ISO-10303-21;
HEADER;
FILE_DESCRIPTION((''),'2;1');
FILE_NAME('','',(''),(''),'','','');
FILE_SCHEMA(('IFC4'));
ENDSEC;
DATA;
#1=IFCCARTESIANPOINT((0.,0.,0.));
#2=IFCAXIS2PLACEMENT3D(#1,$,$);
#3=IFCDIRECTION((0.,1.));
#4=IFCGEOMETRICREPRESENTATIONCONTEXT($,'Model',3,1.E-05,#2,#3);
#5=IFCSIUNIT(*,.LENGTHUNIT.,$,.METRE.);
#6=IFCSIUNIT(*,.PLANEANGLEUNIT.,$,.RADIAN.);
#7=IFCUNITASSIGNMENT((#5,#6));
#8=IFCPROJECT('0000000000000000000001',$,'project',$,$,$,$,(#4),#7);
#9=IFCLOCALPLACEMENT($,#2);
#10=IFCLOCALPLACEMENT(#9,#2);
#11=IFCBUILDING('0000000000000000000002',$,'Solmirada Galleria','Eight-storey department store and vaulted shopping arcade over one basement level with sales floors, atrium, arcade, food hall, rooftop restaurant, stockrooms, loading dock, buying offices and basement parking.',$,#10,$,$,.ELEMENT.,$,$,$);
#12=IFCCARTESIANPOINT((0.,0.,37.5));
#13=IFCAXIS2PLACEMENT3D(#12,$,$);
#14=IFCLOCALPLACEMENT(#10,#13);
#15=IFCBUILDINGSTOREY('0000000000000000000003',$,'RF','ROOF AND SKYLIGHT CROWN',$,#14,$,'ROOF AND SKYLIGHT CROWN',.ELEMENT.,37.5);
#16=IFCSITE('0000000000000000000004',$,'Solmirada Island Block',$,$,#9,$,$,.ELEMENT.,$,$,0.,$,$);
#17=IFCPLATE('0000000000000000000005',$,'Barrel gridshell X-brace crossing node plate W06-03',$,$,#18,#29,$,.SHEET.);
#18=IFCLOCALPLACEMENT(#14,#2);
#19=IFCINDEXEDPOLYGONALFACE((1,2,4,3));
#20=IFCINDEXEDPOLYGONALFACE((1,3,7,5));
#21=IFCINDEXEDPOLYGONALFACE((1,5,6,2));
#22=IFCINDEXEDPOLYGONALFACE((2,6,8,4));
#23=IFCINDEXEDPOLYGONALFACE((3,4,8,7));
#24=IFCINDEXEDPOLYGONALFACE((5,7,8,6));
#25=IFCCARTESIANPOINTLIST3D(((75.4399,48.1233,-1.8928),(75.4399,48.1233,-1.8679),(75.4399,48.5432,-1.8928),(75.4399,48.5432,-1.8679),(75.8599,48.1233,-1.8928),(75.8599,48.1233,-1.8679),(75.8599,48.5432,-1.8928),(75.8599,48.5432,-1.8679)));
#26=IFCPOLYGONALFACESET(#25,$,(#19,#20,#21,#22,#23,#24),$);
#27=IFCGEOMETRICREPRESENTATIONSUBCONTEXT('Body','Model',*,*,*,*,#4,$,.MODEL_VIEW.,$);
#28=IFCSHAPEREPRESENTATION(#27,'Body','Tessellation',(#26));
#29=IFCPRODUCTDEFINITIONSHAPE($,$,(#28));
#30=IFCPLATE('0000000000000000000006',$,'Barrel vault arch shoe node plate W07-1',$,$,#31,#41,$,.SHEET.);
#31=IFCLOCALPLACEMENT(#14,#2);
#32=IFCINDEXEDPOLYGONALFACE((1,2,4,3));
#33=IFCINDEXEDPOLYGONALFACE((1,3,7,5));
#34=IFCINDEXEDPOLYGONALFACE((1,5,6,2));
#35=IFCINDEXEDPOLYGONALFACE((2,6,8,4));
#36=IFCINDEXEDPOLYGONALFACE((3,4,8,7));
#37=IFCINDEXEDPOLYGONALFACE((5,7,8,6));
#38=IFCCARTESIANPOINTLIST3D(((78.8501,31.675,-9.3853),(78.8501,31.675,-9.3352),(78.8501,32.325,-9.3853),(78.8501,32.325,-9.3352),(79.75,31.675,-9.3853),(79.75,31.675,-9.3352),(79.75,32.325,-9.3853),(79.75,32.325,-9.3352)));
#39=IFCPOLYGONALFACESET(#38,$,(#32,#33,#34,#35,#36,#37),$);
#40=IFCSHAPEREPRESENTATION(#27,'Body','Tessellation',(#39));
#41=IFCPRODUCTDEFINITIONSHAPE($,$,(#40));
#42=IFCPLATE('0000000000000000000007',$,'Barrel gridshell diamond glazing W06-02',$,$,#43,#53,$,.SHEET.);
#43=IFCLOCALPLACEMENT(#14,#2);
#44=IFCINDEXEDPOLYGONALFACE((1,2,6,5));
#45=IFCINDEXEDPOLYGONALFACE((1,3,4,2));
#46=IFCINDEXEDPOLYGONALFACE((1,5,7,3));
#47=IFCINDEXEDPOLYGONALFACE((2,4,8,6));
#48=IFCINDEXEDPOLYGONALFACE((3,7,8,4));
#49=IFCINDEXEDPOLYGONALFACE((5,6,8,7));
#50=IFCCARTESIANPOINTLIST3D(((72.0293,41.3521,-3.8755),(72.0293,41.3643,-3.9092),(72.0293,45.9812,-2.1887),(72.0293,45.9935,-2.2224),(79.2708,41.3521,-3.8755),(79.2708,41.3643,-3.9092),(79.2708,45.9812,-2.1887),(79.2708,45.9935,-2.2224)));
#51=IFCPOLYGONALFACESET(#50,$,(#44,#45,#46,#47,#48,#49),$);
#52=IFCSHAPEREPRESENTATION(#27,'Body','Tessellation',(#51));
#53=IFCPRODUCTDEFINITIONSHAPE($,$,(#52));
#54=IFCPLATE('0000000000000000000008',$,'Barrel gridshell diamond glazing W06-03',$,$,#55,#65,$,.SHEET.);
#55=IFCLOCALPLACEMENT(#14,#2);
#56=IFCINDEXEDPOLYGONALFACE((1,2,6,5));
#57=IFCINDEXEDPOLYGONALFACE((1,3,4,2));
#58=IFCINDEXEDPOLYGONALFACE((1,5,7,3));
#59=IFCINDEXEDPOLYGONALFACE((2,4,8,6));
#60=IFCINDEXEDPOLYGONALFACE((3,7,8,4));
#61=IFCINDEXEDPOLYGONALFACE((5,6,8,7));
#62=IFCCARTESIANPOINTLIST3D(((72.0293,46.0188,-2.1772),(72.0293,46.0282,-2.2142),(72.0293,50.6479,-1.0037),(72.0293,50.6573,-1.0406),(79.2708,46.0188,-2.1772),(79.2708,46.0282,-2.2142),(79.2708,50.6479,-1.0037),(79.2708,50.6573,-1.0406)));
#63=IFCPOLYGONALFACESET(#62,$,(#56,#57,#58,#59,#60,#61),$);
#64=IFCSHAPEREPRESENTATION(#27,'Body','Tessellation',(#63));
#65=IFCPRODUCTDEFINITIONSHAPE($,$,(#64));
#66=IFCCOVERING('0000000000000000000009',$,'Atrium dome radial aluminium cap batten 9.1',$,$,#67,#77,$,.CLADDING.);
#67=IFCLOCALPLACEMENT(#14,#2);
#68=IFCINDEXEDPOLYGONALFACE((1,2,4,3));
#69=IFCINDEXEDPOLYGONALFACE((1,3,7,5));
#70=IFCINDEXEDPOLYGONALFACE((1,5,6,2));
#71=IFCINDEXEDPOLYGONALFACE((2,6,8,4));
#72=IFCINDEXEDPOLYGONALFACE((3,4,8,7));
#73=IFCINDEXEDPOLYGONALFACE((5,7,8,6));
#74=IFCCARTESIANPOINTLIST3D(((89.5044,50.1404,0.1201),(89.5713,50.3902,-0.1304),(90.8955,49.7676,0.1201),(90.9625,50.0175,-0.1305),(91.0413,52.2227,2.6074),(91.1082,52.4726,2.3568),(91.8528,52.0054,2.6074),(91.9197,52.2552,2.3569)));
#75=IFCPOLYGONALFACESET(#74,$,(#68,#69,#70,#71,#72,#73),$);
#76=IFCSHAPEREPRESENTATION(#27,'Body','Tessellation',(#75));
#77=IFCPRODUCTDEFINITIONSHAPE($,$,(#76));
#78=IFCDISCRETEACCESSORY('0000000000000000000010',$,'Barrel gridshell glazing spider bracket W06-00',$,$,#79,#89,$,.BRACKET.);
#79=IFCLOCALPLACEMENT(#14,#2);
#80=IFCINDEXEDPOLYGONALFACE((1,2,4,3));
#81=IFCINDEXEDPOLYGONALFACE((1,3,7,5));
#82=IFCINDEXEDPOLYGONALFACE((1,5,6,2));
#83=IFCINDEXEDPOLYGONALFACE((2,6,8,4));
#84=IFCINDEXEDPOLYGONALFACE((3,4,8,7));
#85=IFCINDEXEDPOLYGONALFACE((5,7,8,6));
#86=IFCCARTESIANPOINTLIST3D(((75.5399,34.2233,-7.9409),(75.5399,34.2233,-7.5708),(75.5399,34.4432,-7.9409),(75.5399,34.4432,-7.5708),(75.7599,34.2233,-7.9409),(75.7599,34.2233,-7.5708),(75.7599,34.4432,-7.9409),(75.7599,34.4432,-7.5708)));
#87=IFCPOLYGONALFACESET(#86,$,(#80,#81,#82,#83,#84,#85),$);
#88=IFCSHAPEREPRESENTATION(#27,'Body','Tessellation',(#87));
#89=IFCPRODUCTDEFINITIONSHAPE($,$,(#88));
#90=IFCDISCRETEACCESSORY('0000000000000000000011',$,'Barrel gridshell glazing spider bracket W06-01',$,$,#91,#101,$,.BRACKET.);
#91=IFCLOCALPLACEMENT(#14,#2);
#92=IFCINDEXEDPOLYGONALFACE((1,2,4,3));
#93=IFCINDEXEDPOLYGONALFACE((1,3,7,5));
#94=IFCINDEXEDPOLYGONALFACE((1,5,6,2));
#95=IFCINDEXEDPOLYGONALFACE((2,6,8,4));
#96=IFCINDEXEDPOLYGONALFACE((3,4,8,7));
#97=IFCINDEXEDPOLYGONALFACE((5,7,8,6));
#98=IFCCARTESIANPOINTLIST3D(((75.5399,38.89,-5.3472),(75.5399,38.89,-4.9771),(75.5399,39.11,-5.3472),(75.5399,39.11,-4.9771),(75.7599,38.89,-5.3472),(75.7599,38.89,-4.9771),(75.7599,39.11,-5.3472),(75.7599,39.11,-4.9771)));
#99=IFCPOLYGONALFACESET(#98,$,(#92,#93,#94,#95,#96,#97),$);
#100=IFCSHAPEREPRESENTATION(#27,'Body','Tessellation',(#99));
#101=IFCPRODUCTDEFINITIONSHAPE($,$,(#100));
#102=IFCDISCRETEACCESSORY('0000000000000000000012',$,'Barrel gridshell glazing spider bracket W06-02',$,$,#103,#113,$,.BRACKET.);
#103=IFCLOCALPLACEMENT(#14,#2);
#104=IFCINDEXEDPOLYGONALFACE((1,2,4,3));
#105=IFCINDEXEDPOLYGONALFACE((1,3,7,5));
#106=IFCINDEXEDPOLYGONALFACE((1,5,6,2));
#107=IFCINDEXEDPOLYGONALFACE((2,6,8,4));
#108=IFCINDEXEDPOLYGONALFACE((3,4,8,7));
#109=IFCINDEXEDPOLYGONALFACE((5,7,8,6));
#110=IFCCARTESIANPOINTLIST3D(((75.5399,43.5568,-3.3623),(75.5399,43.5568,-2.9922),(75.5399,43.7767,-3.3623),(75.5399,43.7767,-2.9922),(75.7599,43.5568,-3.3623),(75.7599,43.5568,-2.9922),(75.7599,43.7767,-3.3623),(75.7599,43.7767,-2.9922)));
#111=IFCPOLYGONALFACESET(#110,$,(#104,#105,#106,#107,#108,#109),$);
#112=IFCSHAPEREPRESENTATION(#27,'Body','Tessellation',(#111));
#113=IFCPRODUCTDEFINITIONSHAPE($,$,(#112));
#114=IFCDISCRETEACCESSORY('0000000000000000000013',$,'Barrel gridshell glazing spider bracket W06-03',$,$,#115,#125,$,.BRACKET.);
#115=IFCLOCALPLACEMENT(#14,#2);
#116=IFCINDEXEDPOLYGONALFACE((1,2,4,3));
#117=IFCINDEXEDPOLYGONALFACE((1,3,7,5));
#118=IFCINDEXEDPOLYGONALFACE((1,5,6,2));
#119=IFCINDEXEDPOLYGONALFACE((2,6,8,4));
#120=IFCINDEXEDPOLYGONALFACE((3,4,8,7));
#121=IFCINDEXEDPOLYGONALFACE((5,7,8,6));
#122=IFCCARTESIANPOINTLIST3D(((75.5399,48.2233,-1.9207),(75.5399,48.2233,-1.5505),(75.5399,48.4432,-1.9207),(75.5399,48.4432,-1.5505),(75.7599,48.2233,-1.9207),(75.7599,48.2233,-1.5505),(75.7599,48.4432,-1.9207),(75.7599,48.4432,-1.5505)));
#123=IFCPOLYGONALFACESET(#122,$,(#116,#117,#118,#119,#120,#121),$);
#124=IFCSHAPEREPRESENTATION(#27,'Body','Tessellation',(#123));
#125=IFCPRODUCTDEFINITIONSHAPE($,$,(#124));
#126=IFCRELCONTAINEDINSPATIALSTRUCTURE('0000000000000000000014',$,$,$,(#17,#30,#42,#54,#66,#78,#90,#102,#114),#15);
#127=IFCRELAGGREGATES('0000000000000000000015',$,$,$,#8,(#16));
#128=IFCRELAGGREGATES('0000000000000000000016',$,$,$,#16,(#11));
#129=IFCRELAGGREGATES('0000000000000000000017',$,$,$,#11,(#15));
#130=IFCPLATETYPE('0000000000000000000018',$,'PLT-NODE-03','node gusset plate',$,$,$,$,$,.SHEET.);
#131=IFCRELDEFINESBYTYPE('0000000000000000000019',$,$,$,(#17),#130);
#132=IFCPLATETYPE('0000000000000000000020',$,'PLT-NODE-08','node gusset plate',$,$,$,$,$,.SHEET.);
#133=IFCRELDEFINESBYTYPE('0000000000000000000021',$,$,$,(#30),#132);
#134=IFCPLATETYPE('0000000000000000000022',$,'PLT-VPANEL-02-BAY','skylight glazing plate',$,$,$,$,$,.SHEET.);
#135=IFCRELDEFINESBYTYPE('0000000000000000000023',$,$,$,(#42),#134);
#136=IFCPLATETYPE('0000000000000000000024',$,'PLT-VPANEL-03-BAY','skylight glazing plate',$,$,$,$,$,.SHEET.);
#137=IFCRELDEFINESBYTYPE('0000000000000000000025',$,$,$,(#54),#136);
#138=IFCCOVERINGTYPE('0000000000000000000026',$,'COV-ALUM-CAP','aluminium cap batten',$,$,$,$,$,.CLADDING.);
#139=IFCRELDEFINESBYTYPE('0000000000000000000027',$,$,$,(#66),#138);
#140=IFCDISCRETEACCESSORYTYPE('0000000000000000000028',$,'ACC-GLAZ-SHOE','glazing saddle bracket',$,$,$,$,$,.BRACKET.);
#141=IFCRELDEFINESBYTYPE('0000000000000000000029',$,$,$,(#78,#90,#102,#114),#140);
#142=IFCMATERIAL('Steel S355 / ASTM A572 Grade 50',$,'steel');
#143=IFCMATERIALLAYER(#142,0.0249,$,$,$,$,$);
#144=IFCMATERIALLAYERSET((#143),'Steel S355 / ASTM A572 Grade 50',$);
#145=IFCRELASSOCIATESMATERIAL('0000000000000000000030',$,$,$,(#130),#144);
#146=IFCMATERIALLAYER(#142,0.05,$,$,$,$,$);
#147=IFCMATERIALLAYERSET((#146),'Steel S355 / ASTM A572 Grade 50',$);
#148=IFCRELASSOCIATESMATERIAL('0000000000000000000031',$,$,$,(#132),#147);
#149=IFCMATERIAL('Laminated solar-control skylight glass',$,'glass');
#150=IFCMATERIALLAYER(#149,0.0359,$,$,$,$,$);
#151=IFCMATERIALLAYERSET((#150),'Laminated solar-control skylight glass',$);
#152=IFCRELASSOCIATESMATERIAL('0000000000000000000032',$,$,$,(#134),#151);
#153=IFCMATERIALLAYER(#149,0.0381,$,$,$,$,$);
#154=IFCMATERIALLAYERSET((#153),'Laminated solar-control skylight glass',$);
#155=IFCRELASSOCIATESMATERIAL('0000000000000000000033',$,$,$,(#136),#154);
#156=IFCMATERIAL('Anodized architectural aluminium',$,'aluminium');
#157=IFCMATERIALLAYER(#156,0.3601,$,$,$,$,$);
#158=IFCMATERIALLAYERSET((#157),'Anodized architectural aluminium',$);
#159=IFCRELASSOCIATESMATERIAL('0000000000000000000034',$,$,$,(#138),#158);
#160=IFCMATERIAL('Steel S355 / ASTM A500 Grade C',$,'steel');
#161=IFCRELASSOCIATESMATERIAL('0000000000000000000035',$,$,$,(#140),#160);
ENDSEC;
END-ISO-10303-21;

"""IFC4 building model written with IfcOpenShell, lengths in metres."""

from ifc_helpers import new_model, si_unit, direction, frame, origin, origin_2d, place, context, subcontext, project, spatial, polyline, rectangle, outline, extrude, material, layer, layer_set, type_object, element, save


model = new_model("IFC4")

# Units and contexts
model_context = context("Model", 3, precision=1e-05, world=origin(), true_north=direction((0.0, 1.0)))
body_context = subcontext(model_context, "Body", "Model", "MODEL_VIEW")
ifc_project = project(units=[si_unit("LENGTHUNIT", "METRE"), si_unit("PLANEANGLEUNIT", "RADIAN")], contexts=[model_context])

# Site, building, storey
site_placement = place(None, origin())
site = spatial("IfcSite", under=ifc_project, at=site_placement, Name="Solmirada Island Block", CompositionType="ELEMENT", RefElevation=0.0)
building_placement = place(site_placement, origin())
building = spatial("IfcBuilding", under=site, at=building_placement, Name="Solmirada Galleria", Description="Eight-storey department store and vaulted shopping arcade over one basement level with sales floors, atrium, arcade, food hall, rooftop restaurant, stockrooms, loading dock, buying offices and basement parking.", CompositionType="ELEMENT")
storey_placement = place(building_placement, frame((0.0, 0.0, 37.5)))
storey = spatial("IfcBuildingStorey", under=building, at=storey_placement, Name="RF", Description="ROOF AND SKYLIGHT CROWN", LongName="ROOF AND SKYLIGHT CROWN", CompositionType="ELEMENT", Elevation=37.5)

# Shared definitions
ifc_material_1 = material(Name="Steel S355 / ASTM A500 Grade C", Category="steel")

# Plates
ifc_material_2 = material(Name="Steel S355 / ASTM A572 Grade 50", Category="steel")
ifc_layer_1 = layer(ifc_material_2, 0.0249)
ifc_layer_set_1 = layer_set([ifc_layer_1], Name="Steel S355 / ASTM A572 Grade 50")
plate_type_1 = type_object("IfcPlateType", Name="PLT-NODE-03", Description="node gusset plate", PredefinedType="SHEET", material=ifc_layer_set_1)
for number, where, z_axis, x_axis, name in (
    (1, (75.6499, 48.3333, -1.8928), (0.0, 0.0, 1.0), (1.0, 0.0, 0.0), "Barrel gridshell X-brace crossing node plate W06-03"),
):
    element("IfcPlate", number, at=place(storey_placement, frame(where, z_axis=z_axis, x_axis=x_axis)), inside=storey, type_object=plate_type_1, Name=name, PredefinedType="SHEET", context=body_context, shape_type="SweptSolid", body=[
        extrude(rectangle(XDim=0.4199, YDim=0.4199, at=origin_2d()), origin(), (0.0, 0.0, 1.0), 0.0249),
    ])
ifc_layer_2 = layer(ifc_material_2, 0.05)
ifc_layer_set_2 = layer_set([ifc_layer_2], Name="Steel S355 / ASTM A572 Grade 50")
plate_type_2 = type_object("IfcPlateType", Name="PLT-NODE-08", Description="node gusset plate", PredefinedType="SHEET", material=ifc_layer_set_2)
plate_1_placement = place(storey_placement, frame((79.3, 32.0, -9.3853), z_axis=(0.0, 0.0, 1.0), x_axis=(1.0, 0.0, 0.0)))
element("IfcPlate", 2, at=plate_1_placement, inside=storey, type_object=plate_type_2, Name="Barrel vault arch shoe node plate W07-1", PredefinedType="SHEET", context=body_context, shape_type="SweptSolid", body=[
    extrude(rectangle(XDim=0.8999, YDim=0.6499, at=origin_2d()), origin(), (0.0, 0.0, 1.0), 0.05),
])
ifc_material_3 = material(Name="Laminated solar-control skylight glass", Category="glass")
ifc_layer_3 = layer(ifc_material_3, 0.0359)
ifc_layer_set_3 = layer_set([ifc_layer_3], Name="Laminated solar-control skylight glass")
plate_type_3 = type_object("IfcPlateType", Name="PLT-VPANEL-02-BAY", Description="skylight glazing plate", PredefinedType="SHEET", material=ifc_layer_set_3)
plate_2_placement = place(storey_placement, frame((72.0293, 41.3521, -3.8755), z_axis=(0.0, -0.34236, 0.939569), x_axis=(1.0, 0.0, 0.0)))
element("IfcPlate", 3, at=plate_2_placement, inside=storey, type_object=plate_type_3, Name="Barrel gridshell diamond glazing W06-02", PredefinedType="SHEET", context=body_context, shape_type="SweptSolid", body=[
    extrude(outline(polyline([(0.0, 0.0), (7.2415, 0.0), (7.2415, 4.9269), (0.0, 4.9269), (0.0, 0.0)])), origin(), (0.0, 0.0, -1.0), 0.0359),
])
ifc_layer_4 = layer(ifc_material_3, 0.0381)
ifc_layer_set_4 = layer_set([ifc_layer_4], Name="Laminated solar-control skylight glass")
plate_type_4 = type_object("IfcPlateType", Name="PLT-VPANEL-03-BAY", Description="skylight glazing plate", PredefinedType="SHEET", material=ifc_layer_set_4)
plate_3_placement = place(storey_placement, frame((72.0293, 46.0188, -2.1772), z_axis=(0.0, -0.245746, 0.969334), x_axis=(1.0, 0.0, 0.0)))
element("IfcPlate", 4, at=plate_3_placement, inside=storey, type_object=plate_type_4, Name="Barrel gridshell diamond glazing W06-03", PredefinedType="SHEET", context=body_context, shape_type="SweptSolid", body=[
    extrude(outline(polyline([(0.0, 0.0), (7.2415, 0.0), (7.2415, 4.7756), (0.0, 4.7756), (0.0, 0.0)])), origin(), (0.0, 0.0, -1.0), 0.0381),
])

# Covering
ifc_material_4 = material(Name="Anodized architectural aluminium", Category="aluminium")
ifc_layer_5 = layer(ifc_material_4, 0.3601)
ifc_layer_set_5 = layer_set([ifc_layer_5], Name="Anodized architectural aluminium")
covering_type = type_object("IfcCoveringType", Name="COV-ALUM-CAP", Description="aluminium cap batten", PredefinedType="CLADDING", material=ifc_layer_set_5)
covering_placement = place(storey_placement, frame((89.5044, 50.1404, 0.1201), z_axis=(-0.185878, -0.693832, 0.695735), x_axis=(0.965927, -0.258814, -0.000041)))
element("IfcCovering", 5, at=covering_placement, inside=storey, type_object=covering_type, Name="Atrium dome radial aluminium cap batten 9.1", PredefinedType="CLADDING", context=body_context, shape_type="SweptSolid", body=[
    extrude(outline(polyline([(0.0, 0.0), (1.4402, 0.0), (1.7856, 3.4629), (0.9455, 3.4627), (0.0, 0.0)])), origin(), (0.0, 0.0, -1.0), 0.3601),
])

# Discrete accessories
discrete_accessory_type = type_object("IfcDiscreteAccessoryType", Name="ACC-GLAZ-SHOE", Description="glazing saddle bracket", PredefinedType="BRACKET", material=ifc_material_1)
for number, where, z_axis, x_axis, name in (
    (6, (75.6499, 34.3333, -7.9409), (0.0, 0.0, 1.0), (1.0, 0.0, 0.0), "Barrel gridshell glazing spider bracket W06-00"),
    (7, (75.6499, 39.0, -5.3472), (0.0, 0.0, 1.0), (1.0, 0.0, 0.0), "Barrel gridshell glazing spider bracket W06-01"),
    (8, (75.6499, 43.6667, -3.3623), (0.0, 0.0, 1.0), (1.0, 0.0, 0.0), "Barrel gridshell glazing spider bracket W06-02"),
    (9, (75.6499, 48.3333, -1.9207), (0.0, 0.0, 1.0), (1.0, 0.0, 0.0), "Barrel gridshell glazing spider bracket W06-03"),
):
    element("IfcDiscreteAccessory", number, at=place(storey_placement, frame(where, z_axis=z_axis, x_axis=x_axis)), inside=storey, type_object=discrete_accessory_type, Name=name, PredefinedType="BRACKET", context=body_context, shape_type="SweptSolid", body=[
        extrude(rectangle(XDim=0.22, YDim=0.22, at=origin_2d()), origin(), (0.0, 0.0, 1.0), 0.3701),
    ])

save(model, "model.ifc")
